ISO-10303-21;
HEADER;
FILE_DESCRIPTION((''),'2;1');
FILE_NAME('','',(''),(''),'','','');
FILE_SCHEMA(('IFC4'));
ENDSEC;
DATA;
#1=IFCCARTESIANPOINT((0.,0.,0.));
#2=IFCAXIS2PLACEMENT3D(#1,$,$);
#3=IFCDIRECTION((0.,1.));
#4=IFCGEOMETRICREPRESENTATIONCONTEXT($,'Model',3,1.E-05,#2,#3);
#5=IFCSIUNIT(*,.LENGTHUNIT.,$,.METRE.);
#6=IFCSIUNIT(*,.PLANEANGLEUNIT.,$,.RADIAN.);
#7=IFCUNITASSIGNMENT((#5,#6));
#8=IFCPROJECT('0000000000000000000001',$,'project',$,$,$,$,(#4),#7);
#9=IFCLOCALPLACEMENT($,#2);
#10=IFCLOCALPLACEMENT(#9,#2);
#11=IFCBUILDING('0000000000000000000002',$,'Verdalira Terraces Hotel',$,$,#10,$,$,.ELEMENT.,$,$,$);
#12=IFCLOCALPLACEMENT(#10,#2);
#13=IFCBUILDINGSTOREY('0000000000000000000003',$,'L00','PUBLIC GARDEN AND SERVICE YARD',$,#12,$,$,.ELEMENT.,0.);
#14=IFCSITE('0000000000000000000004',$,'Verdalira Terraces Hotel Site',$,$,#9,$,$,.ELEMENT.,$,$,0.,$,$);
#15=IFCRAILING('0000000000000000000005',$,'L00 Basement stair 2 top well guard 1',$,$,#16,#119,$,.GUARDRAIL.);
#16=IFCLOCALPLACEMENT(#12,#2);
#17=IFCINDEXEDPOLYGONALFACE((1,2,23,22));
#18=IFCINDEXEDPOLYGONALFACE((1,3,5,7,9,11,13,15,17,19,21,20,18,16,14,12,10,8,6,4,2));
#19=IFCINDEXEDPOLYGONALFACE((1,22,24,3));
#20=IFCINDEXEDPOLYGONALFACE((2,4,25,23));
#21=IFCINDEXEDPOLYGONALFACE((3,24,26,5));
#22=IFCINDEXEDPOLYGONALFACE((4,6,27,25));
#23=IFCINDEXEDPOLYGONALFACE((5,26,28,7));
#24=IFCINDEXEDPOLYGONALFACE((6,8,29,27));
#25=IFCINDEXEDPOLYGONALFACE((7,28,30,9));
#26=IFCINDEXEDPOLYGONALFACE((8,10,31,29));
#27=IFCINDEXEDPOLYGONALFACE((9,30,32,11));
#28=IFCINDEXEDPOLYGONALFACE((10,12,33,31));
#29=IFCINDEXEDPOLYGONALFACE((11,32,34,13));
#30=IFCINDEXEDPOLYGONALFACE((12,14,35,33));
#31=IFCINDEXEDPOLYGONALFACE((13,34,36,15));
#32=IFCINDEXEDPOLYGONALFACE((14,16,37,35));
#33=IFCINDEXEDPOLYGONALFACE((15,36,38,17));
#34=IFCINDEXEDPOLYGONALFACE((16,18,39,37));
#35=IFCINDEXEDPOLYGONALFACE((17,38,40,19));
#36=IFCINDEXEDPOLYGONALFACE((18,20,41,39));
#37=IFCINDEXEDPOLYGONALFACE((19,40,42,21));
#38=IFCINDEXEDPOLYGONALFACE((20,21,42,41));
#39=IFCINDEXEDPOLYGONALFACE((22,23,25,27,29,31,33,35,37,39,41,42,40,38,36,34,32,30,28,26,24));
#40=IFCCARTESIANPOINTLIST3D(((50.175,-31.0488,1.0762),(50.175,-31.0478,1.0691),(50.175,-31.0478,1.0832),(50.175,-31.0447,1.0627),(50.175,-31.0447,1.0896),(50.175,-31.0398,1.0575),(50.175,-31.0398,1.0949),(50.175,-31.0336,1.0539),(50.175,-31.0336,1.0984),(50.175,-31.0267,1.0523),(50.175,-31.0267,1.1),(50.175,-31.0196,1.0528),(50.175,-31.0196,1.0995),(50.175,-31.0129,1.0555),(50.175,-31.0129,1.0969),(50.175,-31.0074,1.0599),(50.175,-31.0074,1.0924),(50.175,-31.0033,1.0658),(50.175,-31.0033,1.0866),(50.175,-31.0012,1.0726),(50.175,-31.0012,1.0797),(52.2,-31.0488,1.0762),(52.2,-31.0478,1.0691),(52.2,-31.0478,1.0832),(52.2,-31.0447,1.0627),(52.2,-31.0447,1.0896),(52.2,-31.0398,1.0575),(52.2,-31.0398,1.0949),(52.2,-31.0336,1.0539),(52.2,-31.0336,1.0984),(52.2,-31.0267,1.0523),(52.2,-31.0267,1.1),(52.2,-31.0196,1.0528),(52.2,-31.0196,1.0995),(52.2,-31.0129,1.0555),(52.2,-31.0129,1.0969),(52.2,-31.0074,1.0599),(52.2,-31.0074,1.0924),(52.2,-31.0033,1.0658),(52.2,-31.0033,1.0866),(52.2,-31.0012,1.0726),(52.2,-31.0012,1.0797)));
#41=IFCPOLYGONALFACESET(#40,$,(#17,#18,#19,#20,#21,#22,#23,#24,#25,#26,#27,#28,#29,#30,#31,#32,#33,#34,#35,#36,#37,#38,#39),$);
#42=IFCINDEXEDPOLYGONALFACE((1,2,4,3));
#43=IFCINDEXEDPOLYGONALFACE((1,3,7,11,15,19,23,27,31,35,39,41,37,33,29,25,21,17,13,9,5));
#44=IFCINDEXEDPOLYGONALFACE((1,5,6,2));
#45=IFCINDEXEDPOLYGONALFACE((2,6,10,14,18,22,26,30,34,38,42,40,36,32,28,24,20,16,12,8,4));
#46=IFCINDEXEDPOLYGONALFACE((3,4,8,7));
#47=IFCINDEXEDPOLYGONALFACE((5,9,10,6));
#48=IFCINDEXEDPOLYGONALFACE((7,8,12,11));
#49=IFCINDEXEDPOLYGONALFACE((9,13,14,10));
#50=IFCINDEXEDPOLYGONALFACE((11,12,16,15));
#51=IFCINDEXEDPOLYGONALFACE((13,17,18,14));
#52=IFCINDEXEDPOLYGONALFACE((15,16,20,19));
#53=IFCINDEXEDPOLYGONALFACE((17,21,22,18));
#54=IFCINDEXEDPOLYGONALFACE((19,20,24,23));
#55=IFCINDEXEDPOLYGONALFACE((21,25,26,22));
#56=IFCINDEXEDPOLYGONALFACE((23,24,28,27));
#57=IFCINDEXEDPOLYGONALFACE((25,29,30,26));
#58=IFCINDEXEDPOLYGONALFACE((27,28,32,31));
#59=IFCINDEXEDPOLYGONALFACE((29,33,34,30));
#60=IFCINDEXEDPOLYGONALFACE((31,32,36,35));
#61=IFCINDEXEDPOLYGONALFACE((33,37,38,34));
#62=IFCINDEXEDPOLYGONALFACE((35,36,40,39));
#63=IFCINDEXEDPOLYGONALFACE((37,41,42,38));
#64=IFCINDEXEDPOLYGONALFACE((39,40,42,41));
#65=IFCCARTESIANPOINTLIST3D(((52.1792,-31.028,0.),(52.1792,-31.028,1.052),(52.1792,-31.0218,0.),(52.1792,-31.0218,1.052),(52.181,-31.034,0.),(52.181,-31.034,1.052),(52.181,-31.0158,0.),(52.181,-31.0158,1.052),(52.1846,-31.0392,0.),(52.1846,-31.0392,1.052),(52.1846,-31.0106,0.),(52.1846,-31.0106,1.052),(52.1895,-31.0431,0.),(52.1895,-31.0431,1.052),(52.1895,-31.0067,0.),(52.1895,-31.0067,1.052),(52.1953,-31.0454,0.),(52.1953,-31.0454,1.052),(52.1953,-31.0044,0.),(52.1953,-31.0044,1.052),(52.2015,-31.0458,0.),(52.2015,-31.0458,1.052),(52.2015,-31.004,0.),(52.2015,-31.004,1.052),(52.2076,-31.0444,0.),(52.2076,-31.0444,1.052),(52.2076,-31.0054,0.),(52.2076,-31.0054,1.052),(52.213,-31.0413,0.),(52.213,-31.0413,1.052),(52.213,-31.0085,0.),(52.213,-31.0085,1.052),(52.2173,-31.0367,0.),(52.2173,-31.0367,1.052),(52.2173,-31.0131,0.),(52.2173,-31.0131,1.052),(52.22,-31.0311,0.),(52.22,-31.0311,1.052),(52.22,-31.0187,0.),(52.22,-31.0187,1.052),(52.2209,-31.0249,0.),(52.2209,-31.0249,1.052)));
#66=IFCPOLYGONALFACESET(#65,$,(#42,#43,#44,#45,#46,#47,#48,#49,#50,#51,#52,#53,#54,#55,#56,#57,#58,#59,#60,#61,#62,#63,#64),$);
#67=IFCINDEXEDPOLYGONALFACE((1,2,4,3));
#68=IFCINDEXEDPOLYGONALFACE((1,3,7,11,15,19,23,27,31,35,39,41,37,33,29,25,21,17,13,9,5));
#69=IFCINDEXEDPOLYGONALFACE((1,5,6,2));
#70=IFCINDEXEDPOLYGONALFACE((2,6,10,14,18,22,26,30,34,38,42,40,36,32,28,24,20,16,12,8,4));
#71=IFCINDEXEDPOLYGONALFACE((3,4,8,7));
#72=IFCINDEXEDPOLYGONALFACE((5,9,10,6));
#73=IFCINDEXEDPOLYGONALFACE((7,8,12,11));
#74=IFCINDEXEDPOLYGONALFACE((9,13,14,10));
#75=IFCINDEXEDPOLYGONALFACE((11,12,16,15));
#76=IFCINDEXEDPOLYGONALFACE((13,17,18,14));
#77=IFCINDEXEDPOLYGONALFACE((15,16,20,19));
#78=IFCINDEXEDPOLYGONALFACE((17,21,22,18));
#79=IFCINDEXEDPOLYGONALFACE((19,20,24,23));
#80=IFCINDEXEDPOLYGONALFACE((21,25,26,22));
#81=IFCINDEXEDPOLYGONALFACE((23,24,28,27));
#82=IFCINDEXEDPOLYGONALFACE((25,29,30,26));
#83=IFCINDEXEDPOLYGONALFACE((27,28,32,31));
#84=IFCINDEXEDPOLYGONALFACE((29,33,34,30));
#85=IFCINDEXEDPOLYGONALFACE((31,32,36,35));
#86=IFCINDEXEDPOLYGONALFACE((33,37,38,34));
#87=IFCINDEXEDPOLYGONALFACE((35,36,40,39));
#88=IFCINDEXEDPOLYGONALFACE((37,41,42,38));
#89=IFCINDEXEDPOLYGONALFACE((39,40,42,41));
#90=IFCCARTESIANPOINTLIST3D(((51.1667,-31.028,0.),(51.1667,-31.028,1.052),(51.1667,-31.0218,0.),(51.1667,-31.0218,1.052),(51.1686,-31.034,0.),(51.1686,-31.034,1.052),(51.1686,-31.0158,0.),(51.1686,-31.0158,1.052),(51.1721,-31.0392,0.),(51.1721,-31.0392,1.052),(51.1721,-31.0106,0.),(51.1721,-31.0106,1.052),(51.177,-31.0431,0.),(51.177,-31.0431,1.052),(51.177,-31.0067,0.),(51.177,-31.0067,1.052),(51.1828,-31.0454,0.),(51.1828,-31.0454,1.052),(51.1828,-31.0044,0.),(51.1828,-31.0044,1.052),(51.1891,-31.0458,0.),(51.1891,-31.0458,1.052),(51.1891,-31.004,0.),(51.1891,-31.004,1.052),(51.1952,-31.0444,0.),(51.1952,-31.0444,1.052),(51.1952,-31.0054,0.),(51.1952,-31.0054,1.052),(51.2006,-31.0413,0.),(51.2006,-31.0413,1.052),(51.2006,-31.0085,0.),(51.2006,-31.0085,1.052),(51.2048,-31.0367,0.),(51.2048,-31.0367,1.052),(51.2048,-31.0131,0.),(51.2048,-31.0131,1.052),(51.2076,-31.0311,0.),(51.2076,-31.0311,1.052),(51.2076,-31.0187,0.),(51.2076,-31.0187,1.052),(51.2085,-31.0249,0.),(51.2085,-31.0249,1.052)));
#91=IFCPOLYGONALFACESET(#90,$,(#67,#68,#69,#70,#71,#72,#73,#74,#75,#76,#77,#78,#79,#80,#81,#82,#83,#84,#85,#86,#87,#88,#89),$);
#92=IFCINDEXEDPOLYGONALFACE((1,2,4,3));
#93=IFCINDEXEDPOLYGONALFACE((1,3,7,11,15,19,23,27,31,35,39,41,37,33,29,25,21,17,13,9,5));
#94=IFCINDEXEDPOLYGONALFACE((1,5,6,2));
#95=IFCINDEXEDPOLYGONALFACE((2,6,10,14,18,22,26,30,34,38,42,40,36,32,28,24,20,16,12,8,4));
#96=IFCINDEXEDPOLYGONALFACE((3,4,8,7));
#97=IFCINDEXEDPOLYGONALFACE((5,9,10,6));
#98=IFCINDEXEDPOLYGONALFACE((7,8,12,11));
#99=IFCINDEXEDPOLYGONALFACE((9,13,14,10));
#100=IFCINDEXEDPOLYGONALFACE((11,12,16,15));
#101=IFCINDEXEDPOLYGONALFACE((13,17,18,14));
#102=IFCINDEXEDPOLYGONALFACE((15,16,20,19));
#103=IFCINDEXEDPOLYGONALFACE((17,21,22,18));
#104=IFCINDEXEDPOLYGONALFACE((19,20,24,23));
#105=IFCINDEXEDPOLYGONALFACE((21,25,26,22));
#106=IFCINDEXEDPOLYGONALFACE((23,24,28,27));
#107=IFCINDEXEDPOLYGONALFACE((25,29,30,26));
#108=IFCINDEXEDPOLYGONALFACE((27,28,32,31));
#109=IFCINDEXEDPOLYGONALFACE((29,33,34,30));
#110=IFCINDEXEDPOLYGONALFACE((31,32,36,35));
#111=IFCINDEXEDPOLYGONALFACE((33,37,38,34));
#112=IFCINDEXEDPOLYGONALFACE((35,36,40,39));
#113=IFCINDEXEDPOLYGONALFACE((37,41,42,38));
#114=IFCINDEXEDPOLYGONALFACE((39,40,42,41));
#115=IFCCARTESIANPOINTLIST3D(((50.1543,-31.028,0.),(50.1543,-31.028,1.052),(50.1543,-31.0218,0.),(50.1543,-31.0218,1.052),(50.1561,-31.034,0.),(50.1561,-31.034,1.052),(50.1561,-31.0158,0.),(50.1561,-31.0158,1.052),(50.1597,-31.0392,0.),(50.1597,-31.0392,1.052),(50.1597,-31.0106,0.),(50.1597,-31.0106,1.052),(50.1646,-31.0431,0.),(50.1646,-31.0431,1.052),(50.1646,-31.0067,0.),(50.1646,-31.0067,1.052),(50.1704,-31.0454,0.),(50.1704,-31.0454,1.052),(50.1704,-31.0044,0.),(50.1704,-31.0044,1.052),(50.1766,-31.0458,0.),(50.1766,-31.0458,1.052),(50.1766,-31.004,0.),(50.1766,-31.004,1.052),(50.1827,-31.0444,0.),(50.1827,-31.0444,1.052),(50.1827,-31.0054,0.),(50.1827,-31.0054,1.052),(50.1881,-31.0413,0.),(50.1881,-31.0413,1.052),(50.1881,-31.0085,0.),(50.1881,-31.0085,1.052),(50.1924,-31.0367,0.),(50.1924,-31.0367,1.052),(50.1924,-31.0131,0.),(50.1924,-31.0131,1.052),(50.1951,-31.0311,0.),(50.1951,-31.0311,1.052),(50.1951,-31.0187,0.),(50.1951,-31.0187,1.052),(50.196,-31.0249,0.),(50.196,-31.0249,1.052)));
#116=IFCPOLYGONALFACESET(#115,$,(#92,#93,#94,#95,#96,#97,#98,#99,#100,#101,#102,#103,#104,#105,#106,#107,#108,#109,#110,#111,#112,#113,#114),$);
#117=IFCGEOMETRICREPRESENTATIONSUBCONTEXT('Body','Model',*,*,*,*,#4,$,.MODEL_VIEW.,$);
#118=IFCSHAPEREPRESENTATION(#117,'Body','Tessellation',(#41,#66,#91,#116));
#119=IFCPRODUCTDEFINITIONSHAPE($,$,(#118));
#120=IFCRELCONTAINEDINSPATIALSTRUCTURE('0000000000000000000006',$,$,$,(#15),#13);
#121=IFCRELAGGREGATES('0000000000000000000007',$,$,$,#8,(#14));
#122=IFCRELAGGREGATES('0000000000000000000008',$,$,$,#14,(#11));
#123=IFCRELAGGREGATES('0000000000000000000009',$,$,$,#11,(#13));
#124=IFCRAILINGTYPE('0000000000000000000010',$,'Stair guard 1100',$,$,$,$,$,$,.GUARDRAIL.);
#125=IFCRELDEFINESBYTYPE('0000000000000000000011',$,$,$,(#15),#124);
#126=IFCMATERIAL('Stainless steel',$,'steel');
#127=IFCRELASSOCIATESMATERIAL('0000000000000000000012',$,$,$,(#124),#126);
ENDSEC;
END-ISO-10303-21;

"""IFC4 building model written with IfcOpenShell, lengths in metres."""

from ifc_helpers import new_model, si_unit, direction, frame, origin, origin_2d, place, context, subcontext, project, spatial, circle, extrude, material, type_object, element, save


model = new_model("IFC4")

# Units and contexts
model_context = context("Model", 3, precision=1e-05, world=origin(), true_north=direction((0.0, 1.0)))
body_context = subcontext(model_context, "Body", "Model", "MODEL_VIEW")
ifc_project = project(units=[si_unit("LENGTHUNIT", "METRE"), si_unit("PLANEANGLEUNIT", "RADIAN")], contexts=[model_context])

# Site, building, storey
site_placement = place(None, origin())
site = spatial("IfcSite", under=ifc_project, at=site_placement, Name="Verdalira Terraces Hotel Site", CompositionType="ELEMENT", RefElevation=0.0)
building_placement = place(site_placement, origin())
building = spatial("IfcBuilding", under=site, at=building_placement, Name="Verdalira Terraces Hotel", CompositionType="ELEMENT")
storey_placement = place(building_placement, origin())
storey = spatial("IfcBuildingStorey", under=building, at=storey_placement, Name="L00", Description="PUBLIC GARDEN AND SERVICE YARD", CompositionType="ELEMENT", Elevation=0.0)

# Railing
ifc_material_1 = material(Name="Stainless steel", Category="steel")
railing_type_1 = type_object("IfcRailingType", Name="Stair guard 1100", PredefinedType="GUARDRAIL", material=ifc_material_1)
railing_1_placement = place(storey_placement, frame((52.2, -31.0249, 0.0)))
element("IfcRailing", 1, at=railing_1_placement, inside=storey, type_object=railing_type_1, Name="L00 Basement stair 2 top well guard 1", PredefinedType="GUARDRAIL", context=body_context, shape_type="SweptSolid", body=[
    extrude(circle(Radius=0.0239, at=origin_2d()), frame((0.0, 0.0, 1.0762), z_axis=(-1.0, 0.0, 0.0), x_axis=(0.0, -1.0, 0.0)), (0.0, 0.0, 1.0), 2.0249),
    extrude(circle(Radius=0.021, at=origin_2d()), origin(), (0.0, 0.0, 1.0), 1.052),
    extrude(circle(Radius=0.021, at=origin_2d()), frame((-1.0125, 0.0, 0.0)), (0.0, 0.0, 1.0), 1.052),
    extrude(circle(Radius=0.021, at=origin_2d()), frame((-2.0249, 0.0, 0.0)), (0.0, 0.0, 1.0), 1.052),
])

save(model, "model.ifc")
